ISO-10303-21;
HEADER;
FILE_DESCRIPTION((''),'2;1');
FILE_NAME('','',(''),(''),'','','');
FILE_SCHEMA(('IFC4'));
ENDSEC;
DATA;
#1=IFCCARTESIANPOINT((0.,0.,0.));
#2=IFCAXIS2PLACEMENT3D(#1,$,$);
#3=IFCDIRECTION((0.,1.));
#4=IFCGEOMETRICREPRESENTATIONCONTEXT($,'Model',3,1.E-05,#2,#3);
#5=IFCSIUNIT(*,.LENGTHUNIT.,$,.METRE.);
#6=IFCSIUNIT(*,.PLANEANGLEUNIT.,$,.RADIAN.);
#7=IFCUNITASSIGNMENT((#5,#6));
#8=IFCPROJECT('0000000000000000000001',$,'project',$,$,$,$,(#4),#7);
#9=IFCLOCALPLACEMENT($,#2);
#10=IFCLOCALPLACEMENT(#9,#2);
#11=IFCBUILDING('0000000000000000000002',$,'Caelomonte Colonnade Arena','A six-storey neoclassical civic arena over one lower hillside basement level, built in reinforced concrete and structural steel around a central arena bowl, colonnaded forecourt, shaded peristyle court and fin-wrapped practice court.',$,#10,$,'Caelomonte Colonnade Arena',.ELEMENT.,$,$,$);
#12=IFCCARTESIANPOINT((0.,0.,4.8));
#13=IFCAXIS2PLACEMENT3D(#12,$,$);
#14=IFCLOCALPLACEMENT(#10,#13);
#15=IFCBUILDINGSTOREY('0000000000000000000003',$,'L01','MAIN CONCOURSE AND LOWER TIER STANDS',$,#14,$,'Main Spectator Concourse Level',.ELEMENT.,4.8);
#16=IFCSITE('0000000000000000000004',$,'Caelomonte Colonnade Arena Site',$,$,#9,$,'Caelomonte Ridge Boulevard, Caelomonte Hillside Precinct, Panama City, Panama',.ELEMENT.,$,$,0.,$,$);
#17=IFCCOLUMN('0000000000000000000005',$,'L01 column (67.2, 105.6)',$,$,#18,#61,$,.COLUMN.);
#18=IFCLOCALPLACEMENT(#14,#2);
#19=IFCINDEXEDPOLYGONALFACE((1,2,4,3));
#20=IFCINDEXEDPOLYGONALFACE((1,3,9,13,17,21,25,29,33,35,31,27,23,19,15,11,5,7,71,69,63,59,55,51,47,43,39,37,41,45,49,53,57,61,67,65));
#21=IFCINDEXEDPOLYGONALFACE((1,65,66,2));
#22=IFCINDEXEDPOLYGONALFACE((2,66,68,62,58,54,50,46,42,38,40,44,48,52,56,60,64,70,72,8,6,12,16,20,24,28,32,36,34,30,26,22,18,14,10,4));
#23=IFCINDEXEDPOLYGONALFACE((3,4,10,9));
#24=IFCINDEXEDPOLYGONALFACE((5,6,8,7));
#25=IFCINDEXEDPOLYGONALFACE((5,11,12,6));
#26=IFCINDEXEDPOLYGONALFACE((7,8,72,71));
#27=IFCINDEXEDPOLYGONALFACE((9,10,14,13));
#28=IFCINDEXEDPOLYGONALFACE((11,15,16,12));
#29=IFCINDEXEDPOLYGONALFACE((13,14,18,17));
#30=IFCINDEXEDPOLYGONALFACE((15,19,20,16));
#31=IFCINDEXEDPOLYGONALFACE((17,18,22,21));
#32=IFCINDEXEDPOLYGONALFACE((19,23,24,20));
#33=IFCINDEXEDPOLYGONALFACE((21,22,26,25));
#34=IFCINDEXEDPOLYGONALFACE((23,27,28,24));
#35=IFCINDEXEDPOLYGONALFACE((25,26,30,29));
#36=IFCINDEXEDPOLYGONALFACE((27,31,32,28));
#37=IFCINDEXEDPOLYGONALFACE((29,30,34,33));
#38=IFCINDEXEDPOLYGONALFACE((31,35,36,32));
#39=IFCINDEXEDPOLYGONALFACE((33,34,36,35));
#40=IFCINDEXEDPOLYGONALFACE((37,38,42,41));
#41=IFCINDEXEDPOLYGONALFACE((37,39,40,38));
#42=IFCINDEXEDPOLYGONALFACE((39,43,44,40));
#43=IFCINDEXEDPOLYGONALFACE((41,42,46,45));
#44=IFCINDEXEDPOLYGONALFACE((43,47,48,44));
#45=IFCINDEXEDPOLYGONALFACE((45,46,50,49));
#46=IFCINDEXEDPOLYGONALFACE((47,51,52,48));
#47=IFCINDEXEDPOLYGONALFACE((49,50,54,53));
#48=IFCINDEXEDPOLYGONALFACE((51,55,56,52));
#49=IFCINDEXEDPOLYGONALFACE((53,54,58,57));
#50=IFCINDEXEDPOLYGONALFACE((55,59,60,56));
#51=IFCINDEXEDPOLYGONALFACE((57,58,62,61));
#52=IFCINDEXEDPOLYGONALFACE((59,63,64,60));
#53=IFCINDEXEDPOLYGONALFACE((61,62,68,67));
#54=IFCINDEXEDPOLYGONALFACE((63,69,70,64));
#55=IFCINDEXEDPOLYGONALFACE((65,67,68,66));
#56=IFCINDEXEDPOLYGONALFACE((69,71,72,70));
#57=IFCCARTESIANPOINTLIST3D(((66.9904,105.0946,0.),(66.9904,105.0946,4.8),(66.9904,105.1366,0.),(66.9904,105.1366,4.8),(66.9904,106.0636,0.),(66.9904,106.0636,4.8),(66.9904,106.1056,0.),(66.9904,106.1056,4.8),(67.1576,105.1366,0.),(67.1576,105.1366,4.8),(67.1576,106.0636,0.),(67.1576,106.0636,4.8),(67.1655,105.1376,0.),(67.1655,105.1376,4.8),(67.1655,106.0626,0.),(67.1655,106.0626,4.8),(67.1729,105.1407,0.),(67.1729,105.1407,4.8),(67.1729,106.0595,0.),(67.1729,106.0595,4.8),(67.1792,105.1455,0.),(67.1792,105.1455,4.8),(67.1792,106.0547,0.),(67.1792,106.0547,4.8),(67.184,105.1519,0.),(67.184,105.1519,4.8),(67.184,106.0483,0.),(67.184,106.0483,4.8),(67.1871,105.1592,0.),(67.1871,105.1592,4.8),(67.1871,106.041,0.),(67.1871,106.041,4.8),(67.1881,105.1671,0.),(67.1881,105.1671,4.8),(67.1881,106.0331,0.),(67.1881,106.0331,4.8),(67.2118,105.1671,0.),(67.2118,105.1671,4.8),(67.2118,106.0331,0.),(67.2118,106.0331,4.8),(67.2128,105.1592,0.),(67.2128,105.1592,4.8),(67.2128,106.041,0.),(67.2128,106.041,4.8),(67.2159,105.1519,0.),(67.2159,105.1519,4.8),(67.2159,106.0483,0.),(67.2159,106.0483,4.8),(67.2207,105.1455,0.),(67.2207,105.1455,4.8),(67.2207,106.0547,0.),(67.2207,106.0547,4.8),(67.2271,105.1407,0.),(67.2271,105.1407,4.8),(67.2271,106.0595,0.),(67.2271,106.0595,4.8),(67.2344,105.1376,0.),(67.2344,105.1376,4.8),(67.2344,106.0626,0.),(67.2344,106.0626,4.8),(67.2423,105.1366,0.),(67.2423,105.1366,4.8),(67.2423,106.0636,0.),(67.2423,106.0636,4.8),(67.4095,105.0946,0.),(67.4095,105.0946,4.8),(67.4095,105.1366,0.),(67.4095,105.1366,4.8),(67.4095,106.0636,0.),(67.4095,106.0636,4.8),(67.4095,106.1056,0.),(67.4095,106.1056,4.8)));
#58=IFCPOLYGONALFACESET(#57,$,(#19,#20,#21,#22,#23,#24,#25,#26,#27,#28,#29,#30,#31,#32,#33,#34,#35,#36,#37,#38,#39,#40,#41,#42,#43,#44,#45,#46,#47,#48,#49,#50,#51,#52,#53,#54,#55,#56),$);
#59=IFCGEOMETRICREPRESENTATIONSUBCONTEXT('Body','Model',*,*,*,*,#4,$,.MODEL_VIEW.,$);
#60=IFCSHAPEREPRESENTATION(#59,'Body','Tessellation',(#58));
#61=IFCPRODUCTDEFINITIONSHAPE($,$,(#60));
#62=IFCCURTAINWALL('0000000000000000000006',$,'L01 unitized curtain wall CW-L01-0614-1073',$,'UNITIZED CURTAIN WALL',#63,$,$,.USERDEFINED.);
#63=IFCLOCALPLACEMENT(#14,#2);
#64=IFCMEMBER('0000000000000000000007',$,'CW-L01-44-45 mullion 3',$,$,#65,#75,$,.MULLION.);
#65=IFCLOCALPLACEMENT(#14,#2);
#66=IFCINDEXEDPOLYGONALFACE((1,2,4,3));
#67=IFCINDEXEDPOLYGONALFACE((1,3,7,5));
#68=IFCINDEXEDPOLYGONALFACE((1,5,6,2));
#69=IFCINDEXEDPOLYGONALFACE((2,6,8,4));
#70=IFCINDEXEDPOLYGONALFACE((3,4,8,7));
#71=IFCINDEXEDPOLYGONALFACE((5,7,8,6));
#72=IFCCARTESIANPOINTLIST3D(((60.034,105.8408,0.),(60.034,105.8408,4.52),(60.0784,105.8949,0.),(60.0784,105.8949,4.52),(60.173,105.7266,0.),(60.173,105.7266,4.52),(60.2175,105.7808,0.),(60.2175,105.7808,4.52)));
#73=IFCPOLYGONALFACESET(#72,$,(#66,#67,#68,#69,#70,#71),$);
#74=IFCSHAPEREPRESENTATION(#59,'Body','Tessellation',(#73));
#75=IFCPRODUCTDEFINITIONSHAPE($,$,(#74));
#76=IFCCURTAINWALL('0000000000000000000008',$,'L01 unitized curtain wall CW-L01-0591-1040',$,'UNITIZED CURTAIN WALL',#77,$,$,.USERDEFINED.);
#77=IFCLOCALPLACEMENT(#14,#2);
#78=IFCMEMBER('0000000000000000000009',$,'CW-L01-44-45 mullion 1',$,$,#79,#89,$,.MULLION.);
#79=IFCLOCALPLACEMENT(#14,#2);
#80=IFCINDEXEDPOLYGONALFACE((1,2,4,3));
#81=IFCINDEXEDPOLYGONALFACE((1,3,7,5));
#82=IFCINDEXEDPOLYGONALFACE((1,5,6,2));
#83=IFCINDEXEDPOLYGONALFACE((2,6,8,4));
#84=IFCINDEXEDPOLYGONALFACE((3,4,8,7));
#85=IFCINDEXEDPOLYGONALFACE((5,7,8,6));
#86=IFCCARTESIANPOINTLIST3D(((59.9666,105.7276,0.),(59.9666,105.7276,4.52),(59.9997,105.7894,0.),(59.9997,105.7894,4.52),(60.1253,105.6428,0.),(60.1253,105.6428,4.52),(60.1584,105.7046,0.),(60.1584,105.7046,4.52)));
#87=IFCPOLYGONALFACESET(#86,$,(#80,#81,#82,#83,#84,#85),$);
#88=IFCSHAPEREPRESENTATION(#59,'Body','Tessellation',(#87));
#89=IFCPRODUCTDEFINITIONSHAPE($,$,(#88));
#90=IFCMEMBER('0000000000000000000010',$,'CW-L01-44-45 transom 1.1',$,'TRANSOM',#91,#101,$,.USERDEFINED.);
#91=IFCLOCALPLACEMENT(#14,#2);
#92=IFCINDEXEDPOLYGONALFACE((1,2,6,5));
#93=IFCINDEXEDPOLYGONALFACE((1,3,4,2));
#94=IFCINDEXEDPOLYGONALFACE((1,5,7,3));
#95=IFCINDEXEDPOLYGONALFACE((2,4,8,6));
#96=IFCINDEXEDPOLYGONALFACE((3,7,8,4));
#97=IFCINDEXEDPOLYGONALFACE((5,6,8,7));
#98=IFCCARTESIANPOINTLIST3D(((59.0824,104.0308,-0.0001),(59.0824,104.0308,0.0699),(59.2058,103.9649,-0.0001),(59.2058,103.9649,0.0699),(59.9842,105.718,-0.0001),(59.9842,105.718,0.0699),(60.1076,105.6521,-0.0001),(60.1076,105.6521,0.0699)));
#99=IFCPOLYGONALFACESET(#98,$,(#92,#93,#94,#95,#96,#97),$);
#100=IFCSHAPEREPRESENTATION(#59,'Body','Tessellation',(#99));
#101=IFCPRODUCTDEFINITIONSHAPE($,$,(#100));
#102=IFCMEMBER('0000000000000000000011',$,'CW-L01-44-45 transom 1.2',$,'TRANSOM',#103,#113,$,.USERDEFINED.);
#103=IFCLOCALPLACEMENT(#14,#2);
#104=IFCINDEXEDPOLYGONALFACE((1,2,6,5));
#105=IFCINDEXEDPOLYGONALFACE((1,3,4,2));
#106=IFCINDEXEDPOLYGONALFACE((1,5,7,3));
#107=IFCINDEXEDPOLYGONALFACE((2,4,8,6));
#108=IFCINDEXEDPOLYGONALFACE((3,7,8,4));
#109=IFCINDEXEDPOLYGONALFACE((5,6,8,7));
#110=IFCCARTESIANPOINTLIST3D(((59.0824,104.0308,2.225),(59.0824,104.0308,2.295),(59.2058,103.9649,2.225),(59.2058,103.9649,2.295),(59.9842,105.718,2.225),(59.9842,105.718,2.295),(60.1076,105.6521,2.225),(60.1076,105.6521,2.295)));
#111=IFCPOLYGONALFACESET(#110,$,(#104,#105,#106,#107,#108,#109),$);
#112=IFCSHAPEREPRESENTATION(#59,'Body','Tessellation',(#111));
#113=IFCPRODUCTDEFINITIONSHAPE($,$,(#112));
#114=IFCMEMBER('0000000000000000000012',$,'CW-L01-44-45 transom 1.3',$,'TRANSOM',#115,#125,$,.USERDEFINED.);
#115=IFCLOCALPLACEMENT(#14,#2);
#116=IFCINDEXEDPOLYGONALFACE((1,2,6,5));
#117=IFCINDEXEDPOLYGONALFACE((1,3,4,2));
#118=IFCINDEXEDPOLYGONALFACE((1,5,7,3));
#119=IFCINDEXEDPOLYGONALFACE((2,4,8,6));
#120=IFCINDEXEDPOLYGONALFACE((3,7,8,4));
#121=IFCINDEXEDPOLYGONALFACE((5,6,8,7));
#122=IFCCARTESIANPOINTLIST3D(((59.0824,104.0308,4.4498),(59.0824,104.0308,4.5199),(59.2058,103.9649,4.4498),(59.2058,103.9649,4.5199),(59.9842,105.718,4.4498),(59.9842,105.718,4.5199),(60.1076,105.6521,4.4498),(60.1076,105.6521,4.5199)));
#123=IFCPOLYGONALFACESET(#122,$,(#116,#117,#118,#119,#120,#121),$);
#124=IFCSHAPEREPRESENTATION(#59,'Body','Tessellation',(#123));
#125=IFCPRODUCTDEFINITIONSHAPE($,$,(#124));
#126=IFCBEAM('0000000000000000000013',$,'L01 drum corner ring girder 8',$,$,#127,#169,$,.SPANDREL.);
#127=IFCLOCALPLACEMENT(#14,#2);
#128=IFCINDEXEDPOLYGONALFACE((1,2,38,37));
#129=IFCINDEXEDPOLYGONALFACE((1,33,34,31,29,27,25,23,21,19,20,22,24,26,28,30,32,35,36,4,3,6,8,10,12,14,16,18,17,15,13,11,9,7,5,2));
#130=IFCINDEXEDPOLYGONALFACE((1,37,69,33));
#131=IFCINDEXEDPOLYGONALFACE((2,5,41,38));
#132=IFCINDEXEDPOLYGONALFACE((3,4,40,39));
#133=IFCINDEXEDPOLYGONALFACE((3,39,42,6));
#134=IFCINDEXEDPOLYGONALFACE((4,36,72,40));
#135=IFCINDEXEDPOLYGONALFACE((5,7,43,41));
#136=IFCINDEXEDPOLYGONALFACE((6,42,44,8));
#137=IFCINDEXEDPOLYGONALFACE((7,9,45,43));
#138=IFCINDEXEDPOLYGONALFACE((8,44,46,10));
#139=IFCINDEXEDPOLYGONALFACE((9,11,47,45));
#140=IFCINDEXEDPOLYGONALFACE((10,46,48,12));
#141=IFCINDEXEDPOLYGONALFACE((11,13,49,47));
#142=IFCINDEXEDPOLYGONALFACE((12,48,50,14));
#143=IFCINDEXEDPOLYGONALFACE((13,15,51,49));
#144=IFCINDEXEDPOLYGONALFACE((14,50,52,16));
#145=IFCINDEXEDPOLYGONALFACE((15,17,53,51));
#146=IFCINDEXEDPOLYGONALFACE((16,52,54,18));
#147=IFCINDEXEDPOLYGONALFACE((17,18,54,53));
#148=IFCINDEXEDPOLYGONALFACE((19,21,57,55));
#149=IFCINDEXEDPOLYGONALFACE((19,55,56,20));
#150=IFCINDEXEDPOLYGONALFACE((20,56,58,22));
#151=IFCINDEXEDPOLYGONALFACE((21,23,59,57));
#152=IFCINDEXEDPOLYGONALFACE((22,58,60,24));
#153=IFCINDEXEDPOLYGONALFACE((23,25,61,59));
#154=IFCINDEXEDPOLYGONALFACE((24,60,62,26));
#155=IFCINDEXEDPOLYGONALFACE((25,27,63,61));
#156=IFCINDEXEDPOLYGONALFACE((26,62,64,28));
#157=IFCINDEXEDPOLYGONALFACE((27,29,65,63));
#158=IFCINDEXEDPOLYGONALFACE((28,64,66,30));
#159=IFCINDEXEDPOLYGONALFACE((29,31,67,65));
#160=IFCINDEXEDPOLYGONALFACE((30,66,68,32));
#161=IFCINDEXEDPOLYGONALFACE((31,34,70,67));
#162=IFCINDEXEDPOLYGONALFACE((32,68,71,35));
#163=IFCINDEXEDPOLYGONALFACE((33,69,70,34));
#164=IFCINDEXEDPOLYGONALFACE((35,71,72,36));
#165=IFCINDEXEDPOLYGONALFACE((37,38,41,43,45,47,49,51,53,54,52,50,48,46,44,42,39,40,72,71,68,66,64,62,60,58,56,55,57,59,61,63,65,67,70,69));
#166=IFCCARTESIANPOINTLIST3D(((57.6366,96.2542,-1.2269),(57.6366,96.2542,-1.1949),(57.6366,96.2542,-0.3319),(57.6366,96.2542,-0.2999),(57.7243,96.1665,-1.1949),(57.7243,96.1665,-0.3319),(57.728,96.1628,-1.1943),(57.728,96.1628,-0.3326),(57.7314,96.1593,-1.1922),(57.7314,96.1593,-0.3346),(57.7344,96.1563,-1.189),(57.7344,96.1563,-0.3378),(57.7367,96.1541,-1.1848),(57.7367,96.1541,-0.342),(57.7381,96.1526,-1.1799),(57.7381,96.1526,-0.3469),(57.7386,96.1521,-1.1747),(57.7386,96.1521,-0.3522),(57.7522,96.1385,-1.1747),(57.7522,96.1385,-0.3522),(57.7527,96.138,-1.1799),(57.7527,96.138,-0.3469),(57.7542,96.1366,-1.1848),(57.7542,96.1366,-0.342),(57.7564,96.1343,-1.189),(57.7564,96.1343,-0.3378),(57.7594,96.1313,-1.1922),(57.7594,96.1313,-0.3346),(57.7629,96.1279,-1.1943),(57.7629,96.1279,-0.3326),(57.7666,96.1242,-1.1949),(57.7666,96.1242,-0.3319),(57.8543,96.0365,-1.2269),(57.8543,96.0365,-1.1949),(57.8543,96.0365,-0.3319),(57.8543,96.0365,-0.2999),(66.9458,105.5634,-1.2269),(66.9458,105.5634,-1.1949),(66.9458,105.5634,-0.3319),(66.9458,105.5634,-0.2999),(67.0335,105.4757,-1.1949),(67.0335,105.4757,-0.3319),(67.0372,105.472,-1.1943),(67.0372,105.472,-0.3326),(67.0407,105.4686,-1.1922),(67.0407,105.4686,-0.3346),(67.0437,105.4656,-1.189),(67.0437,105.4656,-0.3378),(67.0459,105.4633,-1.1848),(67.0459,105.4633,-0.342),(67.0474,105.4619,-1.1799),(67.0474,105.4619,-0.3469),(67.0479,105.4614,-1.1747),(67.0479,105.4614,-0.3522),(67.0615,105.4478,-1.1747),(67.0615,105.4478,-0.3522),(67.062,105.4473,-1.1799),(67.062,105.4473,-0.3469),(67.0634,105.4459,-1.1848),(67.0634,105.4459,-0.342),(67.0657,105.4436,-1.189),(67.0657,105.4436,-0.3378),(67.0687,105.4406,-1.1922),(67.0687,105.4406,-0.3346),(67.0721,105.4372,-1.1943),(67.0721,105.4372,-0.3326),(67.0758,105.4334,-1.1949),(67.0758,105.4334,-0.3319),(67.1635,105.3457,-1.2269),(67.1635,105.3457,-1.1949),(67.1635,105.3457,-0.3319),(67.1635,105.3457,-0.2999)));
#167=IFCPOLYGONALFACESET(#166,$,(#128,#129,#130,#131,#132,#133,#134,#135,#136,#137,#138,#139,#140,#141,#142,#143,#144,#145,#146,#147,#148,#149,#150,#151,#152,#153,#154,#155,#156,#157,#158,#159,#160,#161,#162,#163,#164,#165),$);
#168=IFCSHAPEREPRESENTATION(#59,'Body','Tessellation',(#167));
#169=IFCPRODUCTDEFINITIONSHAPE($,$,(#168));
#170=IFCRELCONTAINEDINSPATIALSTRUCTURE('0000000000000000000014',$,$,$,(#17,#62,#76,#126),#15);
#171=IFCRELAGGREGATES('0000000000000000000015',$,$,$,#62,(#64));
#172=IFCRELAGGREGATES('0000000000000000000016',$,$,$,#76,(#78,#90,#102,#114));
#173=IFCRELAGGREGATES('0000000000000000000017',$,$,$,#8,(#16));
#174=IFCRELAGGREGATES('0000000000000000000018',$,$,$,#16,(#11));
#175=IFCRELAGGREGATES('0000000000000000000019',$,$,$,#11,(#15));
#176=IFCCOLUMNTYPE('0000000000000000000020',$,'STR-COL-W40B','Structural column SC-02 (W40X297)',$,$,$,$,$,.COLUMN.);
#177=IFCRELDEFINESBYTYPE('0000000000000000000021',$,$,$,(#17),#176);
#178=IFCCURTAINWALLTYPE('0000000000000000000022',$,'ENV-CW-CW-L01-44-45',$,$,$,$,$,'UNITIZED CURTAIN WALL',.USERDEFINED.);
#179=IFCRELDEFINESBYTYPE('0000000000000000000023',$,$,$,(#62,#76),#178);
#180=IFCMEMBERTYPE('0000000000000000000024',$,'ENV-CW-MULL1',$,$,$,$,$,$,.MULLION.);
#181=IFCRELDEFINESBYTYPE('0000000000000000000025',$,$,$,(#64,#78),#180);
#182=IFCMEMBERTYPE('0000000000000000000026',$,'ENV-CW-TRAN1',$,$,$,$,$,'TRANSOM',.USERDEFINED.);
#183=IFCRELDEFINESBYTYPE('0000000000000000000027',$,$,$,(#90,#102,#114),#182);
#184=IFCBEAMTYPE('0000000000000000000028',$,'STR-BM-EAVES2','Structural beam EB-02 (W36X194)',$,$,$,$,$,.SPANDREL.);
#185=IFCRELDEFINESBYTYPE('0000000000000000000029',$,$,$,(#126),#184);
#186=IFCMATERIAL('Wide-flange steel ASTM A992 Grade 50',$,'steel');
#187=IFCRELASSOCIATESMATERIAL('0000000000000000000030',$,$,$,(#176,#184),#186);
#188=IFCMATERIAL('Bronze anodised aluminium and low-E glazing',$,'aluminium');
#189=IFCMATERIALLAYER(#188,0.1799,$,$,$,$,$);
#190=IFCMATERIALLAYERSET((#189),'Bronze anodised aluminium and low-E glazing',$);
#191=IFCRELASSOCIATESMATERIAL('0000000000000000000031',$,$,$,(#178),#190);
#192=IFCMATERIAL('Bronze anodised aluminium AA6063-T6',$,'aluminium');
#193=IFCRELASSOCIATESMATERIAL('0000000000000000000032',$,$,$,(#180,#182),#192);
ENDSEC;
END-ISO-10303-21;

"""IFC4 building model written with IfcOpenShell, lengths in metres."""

from ifc_helpers import new_model, si_unit, direction, frame, origin, origin_2d, place, context, subcontext, project, spatial, rectangle, i_section, extrude, material, layer, layer_set, material_profile, profile_set, type_object, element, aggregate, save


model = new_model("IFC4")

# Units and contexts
model_context = context("Model", 3, precision=1e-05, world=origin(), true_north=direction((0.0, 1.0)))
body_context = subcontext(model_context, "Body", "Model", "MODEL_VIEW")
ifc_project = project(units=[si_unit("LENGTHUNIT", "METRE"), si_unit("PLANEANGLEUNIT", "RADIAN")], contexts=[model_context])

# Site, building, storey
site_placement = place(None, origin())
site = spatial("IfcSite", under=ifc_project, at=site_placement, Name="Caelomonte Colonnade Arena Site", LongName="Caelomonte Ridge Boulevard, Caelomonte Hillside Precinct, Panama City, Panama", CompositionType="ELEMENT", RefElevation=0.0)
building_placement = place(site_placement, origin())
building = spatial("IfcBuilding", under=site, at=building_placement, Name="Caelomonte Colonnade Arena", Description="A six-storey neoclassical civic arena over one lower hillside basement level, built in reinforced concrete and structural steel around a central arena bowl, colonnaded forecourt, shaded peristyle court and fin-wrapped practice court.", LongName="Caelomonte Colonnade Arena", CompositionType="ELEMENT")
storey_placement = place(building_placement, frame((0.0, 0.0, 4.8)))
storey = spatial("IfcBuildingStorey", under=building, at=storey_placement, Name="L01", Description="MAIN CONCOURSE AND LOWER TIER STANDS", LongName="Main Spectator Concourse Level", CompositionType="ELEMENT", Elevation=4.8)

# Column
ifc_material_1 = material(Name="Wide-flange steel ASTM A992 Grade 50", Category="steel")
ifc_material_profile_1 = material_profile(ifc_material_1, i_section(OverallWidth=0.4192, OverallDepth=1.011, WebThickness=0.0237, FlangeThickness=0.042, FilletRadius=0.0305, at=origin_2d()), Name="W40X297")
ifc_profile_set_1 = profile_set([ifc_material_profile_1], Name="Wide-flange steel ASTM A992 Grade 50")
column_type = type_object("IfcColumnType", Name="STR-COL-W40B", Description="Structural column SC-02 (W40X297)", PredefinedType="COLUMN", material=ifc_profile_set_1)
column_placement = place(storey_placement, frame((67.2, 105.6001, 0.0), z_axis=(0.0, 0.0, 1.0), x_axis=(1.0, 0.0, 0.0)))
element("IfcColumn", 1, at=column_placement, inside=storey, type_object=column_type, Name="L01 column (67.2, 105.6)", PredefinedType="COLUMN", context=body_context, shape_type="SweptSolid", body=[
    extrude(i_section(OverallWidth=0.4192, OverallDepth=1.011, WebThickness=0.0237, FlangeThickness=0.042, FilletRadius=0.0305, at=origin_2d()), origin(), (0.0, 0.0, 1.0), 4.8),
])

# Curtain wall, member
ifc_material_2 = material(Name="Bronze anodised aluminium and low-E glazing", Category="aluminium")
ifc_layer_1 = layer(ifc_material_2, 0.1799)
ifc_layer_set_1 = layer_set([ifc_layer_1], Name="Bronze anodised aluminium and low-E glazing")
curtain_wall_type = type_object("IfcCurtainWallType", Name="ENV-CW-CW-L01-44-45", ElementType="UNITIZED CURTAIN WALL", PredefinedType="USERDEFINED", material=ifc_layer_set_1)
curtain_wall_1_placement = place(storey_placement, origin())
curtain_wall_1 = element("IfcCurtainWall", 2, at=curtain_wall_1_placement, inside=storey, type_object=curtain_wall_type, Name="L01 unitized curtain wall CW-L01-0614-1073", ObjectType="UNITIZED CURTAIN WALL", PredefinedType="USERDEFINED")
ifc_material_3 = material(Name="Bronze anodised aluminium AA6063-T6", Category="aluminium")
ifc_material_profile_2 = material_profile(ifc_material_3, rectangle(XDim=0.0701, YDim=0.1799, at=origin_2d()), Name="CWM-70X180")
ifc_profile_set_2 = profile_set([ifc_material_profile_2], Name="Bronze anodised aluminium AA6063-T6")
member_type_1 = type_object("IfcMemberType", Name="ENV-CW-MULL1", PredefinedType="MULLION", material=ifc_profile_set_2)
member_1_placement = place(storey_placement, frame((60.1257, 105.8108, 0.0), z_axis=(0.0, 0.0, 1.0), x_axis=(-0.634416, -0.772992, 0.0)))
member_1 = element("IfcMember", 3, at=member_1_placement, type_object=member_type_1, Name="CW-L01-44-45 mullion 3", PredefinedType="MULLION", context=body_context, shape_type="SweptSolid", body=[
    extrude(rectangle(XDim=0.0701, YDim=0.1799, at=origin_2d()), origin(), (0.0, 0.0, 1.0), 4.52),
])
aggregate(curtain_wall_1, [member_1])

# Curtain wall, members
curtain_wall_2_placement = place(storey_placement, origin())
curtain_wall_2 = element("IfcCurtainWall", 4, at=curtain_wall_2_placement, inside=storey, type_object=curtain_wall_type, Name="L01 unitized curtain wall CW-L01-0591-1040", ObjectType="UNITIZED CURTAIN WALL", PredefinedType="USERDEFINED")
member_2_placement = place(storey_placement, frame((60.0625, 105.7161, 0.0), z_axis=(0.0, 0.0, 1.0), x_axis=(-0.471394, -0.881923, 0.0)))
member_2 = element("IfcMember", 5, at=member_2_placement, type_object=member_type_1, Name="CW-L01-44-45 mullion 1", PredefinedType="MULLION", context=body_context, shape_type="SweptSolid", body=[
    extrude(rectangle(XDim=0.0701, YDim=0.1799, at=origin_2d()), origin(), (0.0, 0.0, 1.0), 4.52),
])
ifc_material_profile_3 = material_profile(ifc_material_3, rectangle(XDim=0.0701, YDim=0.1399, at=origin_2d()), Name="CWT-70X140")
ifc_profile_set_3 = profile_set([ifc_material_profile_3], Name="Bronze anodised aluminium AA6063-T6")
member_type_2 = type_object("IfcMemberType", Name="ENV-CW-TRAN1", ElementType="TRANSOM", PredefinedType="USERDEFINED", material=ifc_profile_set_3)
member_3_placement = place(storey_placement, frame((60.0459, 105.6851, 0.0349), z_axis=(-0.471396, -0.881922, 0.0), x_axis=(0.0, 0.0, 1.0)))
member_3 = element("IfcMember", 6, at=member_3_placement, type_object=member_type_2, Name="CW-L01-44-45 transom 1.1", ObjectType="TRANSOM", PredefinedType="USERDEFINED", context=body_context, shape_type="SweptSolid", body=[
    extrude(rectangle(XDim=0.0701, YDim=0.1399, at=origin_2d()), origin(), (0.0, 0.0, 1.0), 1.9131),
])
member_4_placement = place(storey_placement, frame((60.0459, 105.6851, 2.26), z_axis=(-0.471396, -0.881922, 0.0), x_axis=(0.0, 0.0, 1.0)))
member_4 = element("IfcMember", 7, at=member_4_placement, type_object=member_type_2, Name="CW-L01-44-45 transom 1.2", ObjectType="TRANSOM", PredefinedType="USERDEFINED", context=body_context, shape_type="SweptSolid", body=[
    extrude(rectangle(XDim=0.0701, YDim=0.1399, at=origin_2d()), origin(), (0.0, 0.0, 1.0), 1.9131),
])
member_5_placement = place(storey_placement, frame((60.0459, 105.6851, 4.4849), z_axis=(-0.471396, -0.881922, 0.0), x_axis=(0.0, 0.0, 1.0)))
member_5 = element("IfcMember", 8, at=member_5_placement, type_object=member_type_2, Name="CW-L01-44-45 transom 1.3", ObjectType="TRANSOM", PredefinedType="USERDEFINED", context=body_context, shape_type="SweptSolid", body=[
    extrude(rectangle(XDim=0.0701, YDim=0.1399, at=origin_2d()), origin(), (0.0, 0.0, 1.0), 1.9131),
])

# Beam
ifc_material_profile_4 = material_profile(ifc_material_1, i_section(OverallWidth=0.3079, OverallDepth=0.927, WebThickness=0.0193, FlangeThickness=0.032, FilletRadius=0.0203, at=origin_2d()), Name="W36X194")
ifc_profile_set_4 = profile_set([ifc_material_profile_4], Name="Wide-flange steel ASTM A992 Grade 50")
beam_type_1 = type_object("IfcBeamType", Name="STR-BM-EAVES2", Description="Structural beam EB-02 (W36X194)", PredefinedType="SPANDREL", material=ifc_profile_set_4)
beam_1_placement = place(storey_placement, frame((67.0547, 105.4546, -0.7634), z_axis=(-0.707107, -0.707107, 0.0), x_axis=(0.707107, -0.707107, 0.0)))
element("IfcBeam", 9, at=beam_1_placement, inside=storey, type_object=beam_type_1, Name="L01 drum corner ring girder 8", PredefinedType="SPANDREL", context=body_context, shape_type="SweptSolid", body=[
    extrude(i_section(OverallWidth=0.3079, OverallDepth=0.927, WebThickness=0.0193, FlangeThickness=0.032, FilletRadius=0.0203, at=origin_2d()), origin(), (0.0, 0.0, 1.0), 13.1653),
])

aggregate(curtain_wall_2, [member_2, member_3, member_4, member_5])

save(model, "model.ifc")
